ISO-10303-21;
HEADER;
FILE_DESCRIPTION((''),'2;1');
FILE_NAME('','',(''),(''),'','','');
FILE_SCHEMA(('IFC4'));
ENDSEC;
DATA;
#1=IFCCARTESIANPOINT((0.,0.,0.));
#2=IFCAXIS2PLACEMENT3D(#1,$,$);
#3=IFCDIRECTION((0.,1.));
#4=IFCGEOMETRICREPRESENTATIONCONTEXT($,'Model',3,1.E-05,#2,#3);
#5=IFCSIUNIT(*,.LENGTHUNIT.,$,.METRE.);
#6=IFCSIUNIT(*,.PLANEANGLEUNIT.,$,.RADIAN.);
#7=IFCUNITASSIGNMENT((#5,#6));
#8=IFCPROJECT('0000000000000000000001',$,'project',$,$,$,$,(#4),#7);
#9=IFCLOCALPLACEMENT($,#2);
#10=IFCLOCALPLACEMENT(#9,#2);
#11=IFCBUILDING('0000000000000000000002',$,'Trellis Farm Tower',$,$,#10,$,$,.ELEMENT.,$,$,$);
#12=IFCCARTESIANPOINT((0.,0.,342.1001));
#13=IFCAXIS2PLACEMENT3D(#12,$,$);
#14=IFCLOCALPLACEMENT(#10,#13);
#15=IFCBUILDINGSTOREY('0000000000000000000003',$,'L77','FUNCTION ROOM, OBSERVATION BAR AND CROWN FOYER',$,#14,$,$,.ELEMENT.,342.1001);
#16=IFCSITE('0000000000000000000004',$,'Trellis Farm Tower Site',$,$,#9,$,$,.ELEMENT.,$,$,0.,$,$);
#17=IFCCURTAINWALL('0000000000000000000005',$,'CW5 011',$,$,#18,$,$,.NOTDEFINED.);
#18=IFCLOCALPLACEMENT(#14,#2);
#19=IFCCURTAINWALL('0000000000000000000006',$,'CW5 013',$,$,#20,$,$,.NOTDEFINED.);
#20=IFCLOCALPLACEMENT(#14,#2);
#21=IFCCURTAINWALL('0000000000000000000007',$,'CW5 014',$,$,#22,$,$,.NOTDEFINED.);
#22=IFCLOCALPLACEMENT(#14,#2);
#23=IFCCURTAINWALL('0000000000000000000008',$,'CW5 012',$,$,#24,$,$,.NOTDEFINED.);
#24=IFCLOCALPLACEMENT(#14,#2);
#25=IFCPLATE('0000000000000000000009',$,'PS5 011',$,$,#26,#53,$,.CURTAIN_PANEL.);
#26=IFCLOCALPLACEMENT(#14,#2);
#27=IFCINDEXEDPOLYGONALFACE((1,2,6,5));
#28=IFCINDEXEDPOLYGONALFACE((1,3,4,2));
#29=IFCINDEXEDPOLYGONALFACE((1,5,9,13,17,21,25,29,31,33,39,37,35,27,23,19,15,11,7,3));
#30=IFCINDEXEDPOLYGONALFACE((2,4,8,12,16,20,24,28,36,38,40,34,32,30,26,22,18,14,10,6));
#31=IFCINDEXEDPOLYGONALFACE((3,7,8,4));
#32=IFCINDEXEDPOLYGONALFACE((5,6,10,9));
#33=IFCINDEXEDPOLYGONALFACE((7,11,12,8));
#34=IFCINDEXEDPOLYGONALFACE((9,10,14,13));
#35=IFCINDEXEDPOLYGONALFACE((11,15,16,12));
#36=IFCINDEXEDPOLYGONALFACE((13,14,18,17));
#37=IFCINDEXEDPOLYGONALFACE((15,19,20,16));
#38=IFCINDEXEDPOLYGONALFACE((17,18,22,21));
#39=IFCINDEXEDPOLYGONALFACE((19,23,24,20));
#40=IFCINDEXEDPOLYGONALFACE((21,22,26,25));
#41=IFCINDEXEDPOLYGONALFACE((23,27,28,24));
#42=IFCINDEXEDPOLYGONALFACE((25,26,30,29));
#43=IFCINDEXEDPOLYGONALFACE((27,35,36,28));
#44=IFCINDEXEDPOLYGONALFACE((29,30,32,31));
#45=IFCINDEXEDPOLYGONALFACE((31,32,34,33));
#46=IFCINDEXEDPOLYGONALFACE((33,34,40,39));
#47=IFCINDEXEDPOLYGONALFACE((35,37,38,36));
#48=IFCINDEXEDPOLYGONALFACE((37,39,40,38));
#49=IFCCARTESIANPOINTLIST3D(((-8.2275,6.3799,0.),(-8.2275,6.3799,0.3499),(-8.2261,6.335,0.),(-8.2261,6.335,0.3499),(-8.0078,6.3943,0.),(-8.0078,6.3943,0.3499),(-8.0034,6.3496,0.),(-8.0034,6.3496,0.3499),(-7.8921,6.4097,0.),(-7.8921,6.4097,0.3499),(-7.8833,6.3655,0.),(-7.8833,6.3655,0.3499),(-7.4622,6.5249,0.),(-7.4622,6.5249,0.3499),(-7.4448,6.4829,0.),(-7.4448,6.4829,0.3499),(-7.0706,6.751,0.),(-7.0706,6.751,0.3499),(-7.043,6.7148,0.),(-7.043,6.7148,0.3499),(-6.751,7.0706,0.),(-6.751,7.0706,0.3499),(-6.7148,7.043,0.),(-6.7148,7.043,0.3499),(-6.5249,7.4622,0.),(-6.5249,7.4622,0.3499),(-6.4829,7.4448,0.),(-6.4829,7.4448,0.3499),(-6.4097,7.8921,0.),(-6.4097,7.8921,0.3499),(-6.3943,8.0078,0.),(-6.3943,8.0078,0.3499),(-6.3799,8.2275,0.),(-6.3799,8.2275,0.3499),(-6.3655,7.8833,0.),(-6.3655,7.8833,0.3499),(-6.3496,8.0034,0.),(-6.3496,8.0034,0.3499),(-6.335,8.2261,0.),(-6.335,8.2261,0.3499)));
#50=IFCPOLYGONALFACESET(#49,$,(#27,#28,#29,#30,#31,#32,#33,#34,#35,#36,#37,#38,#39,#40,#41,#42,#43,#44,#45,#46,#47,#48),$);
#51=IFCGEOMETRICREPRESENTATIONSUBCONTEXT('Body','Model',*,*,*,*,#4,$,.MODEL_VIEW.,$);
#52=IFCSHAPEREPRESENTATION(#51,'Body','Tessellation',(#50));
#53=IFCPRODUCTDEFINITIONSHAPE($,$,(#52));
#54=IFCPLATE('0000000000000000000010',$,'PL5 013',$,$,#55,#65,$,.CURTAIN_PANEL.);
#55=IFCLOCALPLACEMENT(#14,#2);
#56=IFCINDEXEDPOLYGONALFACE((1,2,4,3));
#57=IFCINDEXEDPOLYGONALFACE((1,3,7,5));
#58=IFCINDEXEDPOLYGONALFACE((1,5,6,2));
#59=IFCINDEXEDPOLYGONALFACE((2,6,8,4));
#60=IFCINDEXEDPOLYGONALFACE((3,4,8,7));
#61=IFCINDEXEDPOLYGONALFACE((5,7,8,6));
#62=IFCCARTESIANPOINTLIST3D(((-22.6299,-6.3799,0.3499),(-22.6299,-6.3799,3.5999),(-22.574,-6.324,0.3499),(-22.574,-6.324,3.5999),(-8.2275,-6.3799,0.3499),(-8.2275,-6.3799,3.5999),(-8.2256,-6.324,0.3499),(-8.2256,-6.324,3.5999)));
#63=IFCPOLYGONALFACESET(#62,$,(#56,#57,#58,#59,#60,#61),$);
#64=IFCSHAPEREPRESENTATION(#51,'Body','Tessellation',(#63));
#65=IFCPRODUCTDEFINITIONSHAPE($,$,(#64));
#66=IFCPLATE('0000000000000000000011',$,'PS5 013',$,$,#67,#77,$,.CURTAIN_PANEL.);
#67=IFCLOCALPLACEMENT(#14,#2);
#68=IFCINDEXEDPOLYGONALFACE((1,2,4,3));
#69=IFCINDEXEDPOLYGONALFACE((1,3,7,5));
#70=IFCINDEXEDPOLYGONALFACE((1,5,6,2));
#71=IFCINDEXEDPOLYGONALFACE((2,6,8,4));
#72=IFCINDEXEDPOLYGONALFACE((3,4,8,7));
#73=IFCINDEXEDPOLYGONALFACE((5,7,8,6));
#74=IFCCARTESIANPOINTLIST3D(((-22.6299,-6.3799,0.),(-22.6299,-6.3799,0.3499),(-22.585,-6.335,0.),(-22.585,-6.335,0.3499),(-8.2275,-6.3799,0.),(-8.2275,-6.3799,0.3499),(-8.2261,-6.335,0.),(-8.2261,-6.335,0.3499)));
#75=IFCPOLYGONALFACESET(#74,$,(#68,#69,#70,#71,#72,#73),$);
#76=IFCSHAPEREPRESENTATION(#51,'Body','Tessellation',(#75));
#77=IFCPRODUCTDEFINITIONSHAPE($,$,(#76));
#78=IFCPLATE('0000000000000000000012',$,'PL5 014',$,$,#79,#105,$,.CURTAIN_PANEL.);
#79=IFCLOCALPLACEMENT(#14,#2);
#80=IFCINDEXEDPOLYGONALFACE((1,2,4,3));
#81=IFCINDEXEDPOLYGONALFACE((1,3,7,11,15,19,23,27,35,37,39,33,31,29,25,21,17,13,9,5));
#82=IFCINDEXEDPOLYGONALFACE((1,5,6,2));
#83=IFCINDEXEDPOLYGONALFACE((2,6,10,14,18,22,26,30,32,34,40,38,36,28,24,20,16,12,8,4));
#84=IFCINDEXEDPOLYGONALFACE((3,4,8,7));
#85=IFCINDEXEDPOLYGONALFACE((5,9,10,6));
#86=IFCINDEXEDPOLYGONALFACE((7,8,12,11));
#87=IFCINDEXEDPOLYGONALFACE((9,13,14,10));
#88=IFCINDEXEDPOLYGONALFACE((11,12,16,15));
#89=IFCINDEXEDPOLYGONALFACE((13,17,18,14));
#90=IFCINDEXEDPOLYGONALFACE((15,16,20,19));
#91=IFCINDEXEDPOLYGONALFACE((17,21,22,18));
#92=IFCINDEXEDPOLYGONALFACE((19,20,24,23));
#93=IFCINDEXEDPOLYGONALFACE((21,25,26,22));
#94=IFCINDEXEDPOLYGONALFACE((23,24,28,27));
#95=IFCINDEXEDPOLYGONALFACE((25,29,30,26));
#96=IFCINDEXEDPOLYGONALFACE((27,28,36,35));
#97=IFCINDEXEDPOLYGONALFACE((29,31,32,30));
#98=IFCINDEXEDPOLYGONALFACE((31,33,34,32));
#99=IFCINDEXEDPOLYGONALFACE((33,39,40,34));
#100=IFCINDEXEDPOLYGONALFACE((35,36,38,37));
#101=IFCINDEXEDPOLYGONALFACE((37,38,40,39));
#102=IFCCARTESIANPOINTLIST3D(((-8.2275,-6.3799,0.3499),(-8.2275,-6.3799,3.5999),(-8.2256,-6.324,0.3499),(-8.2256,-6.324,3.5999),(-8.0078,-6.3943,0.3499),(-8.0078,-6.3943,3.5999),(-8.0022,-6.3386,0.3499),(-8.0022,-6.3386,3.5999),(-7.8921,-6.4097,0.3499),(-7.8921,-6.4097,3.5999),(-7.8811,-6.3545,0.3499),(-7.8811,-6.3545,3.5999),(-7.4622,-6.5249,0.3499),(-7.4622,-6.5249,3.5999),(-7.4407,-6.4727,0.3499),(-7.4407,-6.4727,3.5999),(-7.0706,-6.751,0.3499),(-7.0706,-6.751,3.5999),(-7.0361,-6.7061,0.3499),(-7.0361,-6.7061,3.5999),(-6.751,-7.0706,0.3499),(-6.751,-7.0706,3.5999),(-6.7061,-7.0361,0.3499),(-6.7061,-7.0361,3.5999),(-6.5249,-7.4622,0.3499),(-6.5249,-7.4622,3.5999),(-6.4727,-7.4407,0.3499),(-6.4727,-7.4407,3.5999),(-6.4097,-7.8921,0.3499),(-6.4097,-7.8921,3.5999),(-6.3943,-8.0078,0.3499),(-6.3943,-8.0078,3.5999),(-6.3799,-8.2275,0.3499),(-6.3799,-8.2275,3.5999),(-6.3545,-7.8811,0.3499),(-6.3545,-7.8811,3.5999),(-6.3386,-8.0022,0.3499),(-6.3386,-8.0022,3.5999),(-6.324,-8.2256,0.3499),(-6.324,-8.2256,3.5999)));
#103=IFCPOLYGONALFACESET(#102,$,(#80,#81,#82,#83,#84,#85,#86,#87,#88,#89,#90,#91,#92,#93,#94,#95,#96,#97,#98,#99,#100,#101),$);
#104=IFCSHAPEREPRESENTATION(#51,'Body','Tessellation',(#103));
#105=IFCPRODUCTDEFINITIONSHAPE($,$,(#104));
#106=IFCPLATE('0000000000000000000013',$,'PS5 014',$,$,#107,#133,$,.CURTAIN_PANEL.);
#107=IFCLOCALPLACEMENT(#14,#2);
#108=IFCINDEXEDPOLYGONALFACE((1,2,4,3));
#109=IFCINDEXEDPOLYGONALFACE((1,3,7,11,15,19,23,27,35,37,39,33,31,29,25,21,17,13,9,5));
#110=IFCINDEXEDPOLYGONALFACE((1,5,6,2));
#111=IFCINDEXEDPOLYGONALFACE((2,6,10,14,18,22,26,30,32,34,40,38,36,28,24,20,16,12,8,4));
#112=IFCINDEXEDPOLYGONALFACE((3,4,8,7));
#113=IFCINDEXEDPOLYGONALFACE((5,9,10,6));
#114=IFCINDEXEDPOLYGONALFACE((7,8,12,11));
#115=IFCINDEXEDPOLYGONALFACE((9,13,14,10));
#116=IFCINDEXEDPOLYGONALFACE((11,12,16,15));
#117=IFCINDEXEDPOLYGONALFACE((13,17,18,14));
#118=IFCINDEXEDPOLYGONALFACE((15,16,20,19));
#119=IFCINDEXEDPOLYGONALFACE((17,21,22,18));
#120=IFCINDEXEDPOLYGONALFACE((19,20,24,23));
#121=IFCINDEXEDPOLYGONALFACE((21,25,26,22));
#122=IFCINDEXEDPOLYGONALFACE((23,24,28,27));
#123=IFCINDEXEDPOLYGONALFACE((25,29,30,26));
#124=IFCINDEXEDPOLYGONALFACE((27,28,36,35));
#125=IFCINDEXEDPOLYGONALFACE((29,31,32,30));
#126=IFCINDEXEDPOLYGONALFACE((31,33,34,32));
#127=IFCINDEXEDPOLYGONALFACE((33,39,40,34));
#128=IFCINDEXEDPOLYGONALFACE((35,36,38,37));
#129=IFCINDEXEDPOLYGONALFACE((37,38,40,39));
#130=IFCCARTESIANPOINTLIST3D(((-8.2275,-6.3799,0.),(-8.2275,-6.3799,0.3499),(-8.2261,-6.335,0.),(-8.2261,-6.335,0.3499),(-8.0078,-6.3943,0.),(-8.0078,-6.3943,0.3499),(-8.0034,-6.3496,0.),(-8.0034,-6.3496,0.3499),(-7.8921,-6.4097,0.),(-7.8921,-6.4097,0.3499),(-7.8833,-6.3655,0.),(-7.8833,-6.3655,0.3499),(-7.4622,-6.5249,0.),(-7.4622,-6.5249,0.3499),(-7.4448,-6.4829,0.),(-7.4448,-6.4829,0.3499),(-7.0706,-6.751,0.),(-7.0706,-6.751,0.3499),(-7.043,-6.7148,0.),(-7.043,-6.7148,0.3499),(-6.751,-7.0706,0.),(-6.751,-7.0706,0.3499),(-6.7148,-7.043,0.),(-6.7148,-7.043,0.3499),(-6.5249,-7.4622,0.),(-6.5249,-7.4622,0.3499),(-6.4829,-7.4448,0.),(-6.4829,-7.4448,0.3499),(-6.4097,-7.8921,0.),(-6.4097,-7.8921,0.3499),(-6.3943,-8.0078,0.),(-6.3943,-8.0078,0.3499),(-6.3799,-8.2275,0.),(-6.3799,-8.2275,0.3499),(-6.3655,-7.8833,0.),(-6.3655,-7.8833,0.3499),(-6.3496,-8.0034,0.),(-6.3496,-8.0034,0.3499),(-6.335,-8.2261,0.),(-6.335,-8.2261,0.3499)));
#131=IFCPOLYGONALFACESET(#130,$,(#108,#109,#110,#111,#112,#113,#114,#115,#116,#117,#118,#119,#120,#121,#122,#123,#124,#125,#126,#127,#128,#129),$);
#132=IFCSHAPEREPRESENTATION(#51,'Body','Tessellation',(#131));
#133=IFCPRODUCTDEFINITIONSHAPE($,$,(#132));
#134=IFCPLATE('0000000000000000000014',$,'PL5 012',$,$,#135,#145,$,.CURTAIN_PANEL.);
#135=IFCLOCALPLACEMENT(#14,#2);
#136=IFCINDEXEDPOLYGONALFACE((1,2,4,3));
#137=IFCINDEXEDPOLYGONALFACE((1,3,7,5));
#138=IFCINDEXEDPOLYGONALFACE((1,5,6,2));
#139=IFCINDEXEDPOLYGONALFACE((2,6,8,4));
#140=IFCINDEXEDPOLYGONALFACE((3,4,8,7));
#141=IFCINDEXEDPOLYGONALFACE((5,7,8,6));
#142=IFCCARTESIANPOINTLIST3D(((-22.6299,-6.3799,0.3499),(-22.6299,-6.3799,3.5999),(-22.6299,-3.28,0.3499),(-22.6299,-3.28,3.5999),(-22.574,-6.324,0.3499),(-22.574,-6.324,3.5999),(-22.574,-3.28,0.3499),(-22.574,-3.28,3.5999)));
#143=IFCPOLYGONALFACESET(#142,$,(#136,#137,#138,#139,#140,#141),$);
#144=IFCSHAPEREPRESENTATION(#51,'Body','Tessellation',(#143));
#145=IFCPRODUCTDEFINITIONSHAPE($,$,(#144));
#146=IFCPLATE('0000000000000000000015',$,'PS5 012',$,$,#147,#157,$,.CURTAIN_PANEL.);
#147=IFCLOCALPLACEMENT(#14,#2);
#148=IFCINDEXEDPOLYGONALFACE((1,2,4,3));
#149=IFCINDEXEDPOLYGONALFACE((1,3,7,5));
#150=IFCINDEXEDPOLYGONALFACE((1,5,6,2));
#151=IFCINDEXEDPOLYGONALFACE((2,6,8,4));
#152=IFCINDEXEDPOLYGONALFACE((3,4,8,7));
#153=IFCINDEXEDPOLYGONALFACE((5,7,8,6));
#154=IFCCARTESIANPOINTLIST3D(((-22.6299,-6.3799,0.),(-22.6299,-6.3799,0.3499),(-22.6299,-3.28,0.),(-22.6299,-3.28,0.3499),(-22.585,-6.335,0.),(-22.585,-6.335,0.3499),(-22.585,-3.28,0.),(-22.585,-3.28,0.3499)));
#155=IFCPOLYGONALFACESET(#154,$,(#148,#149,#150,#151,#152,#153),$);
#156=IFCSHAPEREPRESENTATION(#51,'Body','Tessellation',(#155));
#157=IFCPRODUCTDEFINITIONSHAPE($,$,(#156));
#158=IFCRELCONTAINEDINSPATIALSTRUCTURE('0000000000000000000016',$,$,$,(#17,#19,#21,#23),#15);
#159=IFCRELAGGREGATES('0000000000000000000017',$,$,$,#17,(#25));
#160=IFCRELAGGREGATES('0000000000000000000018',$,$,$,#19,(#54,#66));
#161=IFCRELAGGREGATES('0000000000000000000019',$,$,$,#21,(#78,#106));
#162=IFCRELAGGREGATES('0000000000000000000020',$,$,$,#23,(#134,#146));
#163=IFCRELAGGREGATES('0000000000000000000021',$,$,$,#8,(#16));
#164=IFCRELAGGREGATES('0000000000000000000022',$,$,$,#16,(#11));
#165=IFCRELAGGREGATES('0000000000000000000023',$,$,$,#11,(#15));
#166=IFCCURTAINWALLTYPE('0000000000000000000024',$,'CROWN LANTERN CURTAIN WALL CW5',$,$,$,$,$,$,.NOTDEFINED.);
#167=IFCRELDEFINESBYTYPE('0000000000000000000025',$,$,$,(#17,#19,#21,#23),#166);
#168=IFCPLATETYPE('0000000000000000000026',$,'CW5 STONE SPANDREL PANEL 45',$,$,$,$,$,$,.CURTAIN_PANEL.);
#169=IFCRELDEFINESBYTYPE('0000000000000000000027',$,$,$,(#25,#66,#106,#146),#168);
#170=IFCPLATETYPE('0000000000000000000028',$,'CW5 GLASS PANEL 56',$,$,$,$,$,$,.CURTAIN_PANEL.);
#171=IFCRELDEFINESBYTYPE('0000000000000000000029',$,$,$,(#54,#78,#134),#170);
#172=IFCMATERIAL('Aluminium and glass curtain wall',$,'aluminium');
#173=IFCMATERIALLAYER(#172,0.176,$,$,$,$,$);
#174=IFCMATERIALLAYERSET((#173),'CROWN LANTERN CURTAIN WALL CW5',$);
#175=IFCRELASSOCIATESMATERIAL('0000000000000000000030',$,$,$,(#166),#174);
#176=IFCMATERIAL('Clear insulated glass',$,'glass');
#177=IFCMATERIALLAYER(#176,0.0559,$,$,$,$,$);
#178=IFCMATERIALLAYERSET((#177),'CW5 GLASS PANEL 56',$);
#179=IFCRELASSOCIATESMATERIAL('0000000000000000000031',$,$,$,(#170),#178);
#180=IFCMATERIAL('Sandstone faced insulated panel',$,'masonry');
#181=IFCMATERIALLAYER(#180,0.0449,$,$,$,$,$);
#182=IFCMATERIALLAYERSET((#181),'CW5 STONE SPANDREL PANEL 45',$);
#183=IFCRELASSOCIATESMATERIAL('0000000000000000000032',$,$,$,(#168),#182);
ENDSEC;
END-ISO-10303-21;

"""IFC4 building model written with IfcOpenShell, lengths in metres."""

from ifc_helpers import new_model, si_unit, direction, frame, origin, place, context, subcontext, project, spatial, polyline, outline, extrude, source, transform, mapped, material, layer, layer_set, type_object, element, aggregate, save


model = new_model("IFC4")

# Units and contexts
model_context = context("Model", 3, precision=1e-05, world=origin(), true_north=direction((0.0, 1.0)))
body_context = subcontext(model_context, "Body", "Model", "MODEL_VIEW")
ifc_project = project(units=[si_unit("LENGTHUNIT", "METRE"), si_unit("PLANEANGLEUNIT", "RADIAN")], contexts=[model_context])

# Site, building, storey
site_placement = place(None, origin())
site = spatial("IfcSite", under=ifc_project, at=site_placement, Name="Trellis Farm Tower Site", CompositionType="ELEMENT", RefElevation=0.0)
building_placement = place(site_placement, origin())
building = spatial("IfcBuilding", under=site, at=building_placement, Name="Trellis Farm Tower", CompositionType="ELEMENT")
storey_placement = place(building_placement, frame((0.0, 0.0, 342.1001)))
storey = spatial("IfcBuildingStorey", under=building, at=storey_placement, Name="L77", Description="FUNCTION ROOM, OBSERVATION BAR AND CROWN FOYER", CompositionType="ELEMENT", Elevation=342.1001)

# Curtain walls
ifc_material_1 = material(Name="Aluminium and glass curtain wall", Category="aluminium")
ifc_layer_1 = layer(ifc_material_1, 0.176)
ifc_layer_set_1 = layer_set([ifc_layer_1], Name="CROWN LANTERN CURTAIN WALL CW5")
curtain_wall_type = type_object("IfcCurtainWallType", Name="CROWN LANTERN CURTAIN WALL CW5", PredefinedType="NOTDEFINED", material=ifc_layer_set_1)
placement_1 = place(storey_placement, origin())
curtain_wall_1 = element("IfcCurtainWall", 1, at=placement_1, inside=storey, type_object=curtain_wall_type, Name="CW5 011", PredefinedType="NOTDEFINED")
curtain_wall_2 = element("IfcCurtainWall", 2, at=placement_1, inside=storey, type_object=curtain_wall_type, Name="CW5 013", PredefinedType="NOTDEFINED")
curtain_wall_3 = element("IfcCurtainWall", 3, at=placement_1, inside=storey, type_object=curtain_wall_type, Name="CW5 014", PredefinedType="NOTDEFINED")
curtain_wall_4 = element("IfcCurtainWall", 4, at=placement_1, inside=storey, type_object=curtain_wall_type, Name="CW5 012", PredefinedType="NOTDEFINED")

# Plates
ifc_material_2 = material(Name="Clear insulated glass", Category="glass")
ifc_layer_2 = layer(ifc_material_2, 0.0559)
ifc_layer_set_2 = layer_set([ifc_layer_2], Name="CW5 GLASS PANEL 56")
plate_type_1 = type_object("IfcPlateType", Name="CW5 GLASS PANEL 56", PredefinedType="CURTAIN_PANEL", material=ifc_layer_set_2)
placement_2 = place(storey_placement, frame((0.0, 0.0, 0.3499)))
ifc_material_3 = material(Name="Sandstone faced insulated panel", Category="masonry")
ifc_layer_3 = layer(ifc_material_3, 0.0449)
ifc_layer_set_3 = layer_set([ifc_layer_3], Name="CW5 STONE SPANDREL PANEL 45")
plate_type_2 = type_object("IfcPlateType", Name="CW5 STONE SPANDREL PANEL 45", PredefinedType="CURTAIN_PANEL", material=ifc_layer_set_3)
shared_shape_1 = source(origin(), body_context, "Body", "SweptSolid", [
    extrude(outline(polyline([(-6.3799, 8.2275), (-6.3943, 8.0078), (-6.4097, 7.8921), (-6.5249, 7.4622), (-6.751, 7.0706), (-7.0706, 6.751), (-7.4622, 6.5249), (-7.8921, 6.4097), (-8.0078, 6.3943), (-8.2275, 6.3799), (-8.2261, 6.335), (-8.0034, 6.3496), (-7.8833, 6.3655), (-7.4448, 6.4829), (-7.043, 6.7148), (-6.7148, 7.043), (-6.4829, 7.4448), (-6.3655, 7.8833), (-6.3496, 8.0034), (-6.335, 8.2261), (-6.3799, 8.2275)])), origin(), (0.0, 0.0, 1.0), 0.3499),
])
plate_1 = element("IfcPlate", 5, at=placement_1, type_object=plate_type_2, Name="PS5 011", PredefinedType="CURTAIN_PANEL", context=body_context, shape_type="MappedRepresentation", body=[
    mapped(shared_shape_1, transform((0.0, 0.0, 0.0))),
])
aggregate(curtain_wall_1, [plate_1])
shared_shape_2 = source(origin(), body_context, "Body", "SweptSolid", [
    extrude(outline(polyline([(-22.6299, -6.3799), (-8.2275, -6.3799), (-8.2256, -6.324), (-22.574, -6.324), (-22.6299, -6.3799)])), origin(), (0.0, 0.0, 1.0), 3.25),
])
plate_2 = element("IfcPlate", 6, at=placement_2, type_object=plate_type_1, Name="PL5 013", PredefinedType="CURTAIN_PANEL", context=body_context, shape_type="MappedRepresentation", body=[
    mapped(shared_shape_2, transform((0.0, 0.0, 0.0))),
])
shared_shape_3 = source(origin(), body_context, "Body", "SweptSolid", [
    extrude(outline(polyline([(-22.6299, -6.3799), (-8.2275, -6.3799), (-8.2261, -6.335), (-22.585, -6.335), (-22.6299, -6.3799)])), origin(), (0.0, 0.0, 1.0), 0.3499),
])
plate_3 = element("IfcPlate", 7, at=placement_1, type_object=plate_type_2, Name="PS5 013", PredefinedType="CURTAIN_PANEL", context=body_context, shape_type="MappedRepresentation", body=[
    mapped(shared_shape_3, transform((0.0, 0.0, 0.0))),
])
aggregate(curtain_wall_2, [plate_2, plate_3])
shared_shape_4 = source(origin(), body_context, "Body", "SweptSolid", [
    extrude(outline(polyline([(-8.2275, -6.3799), (-8.0078, -6.3943), (-7.8921, -6.4097), (-7.4622, -6.5249), (-7.0706, -6.751), (-6.751, -7.0706), (-6.5249, -7.4622), (-6.4097, -7.8921), (-6.3943, -8.0078), (-6.3799, -8.2275), (-6.324, -8.2256), (-6.3386, -8.0022), (-6.3545, -7.8811), (-6.4727, -7.4407), (-6.7061, -7.0361), (-7.0361, -6.7061), (-7.4407, -6.4727), (-7.8811, -6.3545), (-8.0022, -6.3386), (-8.2256, -6.324), (-8.2275, -6.3799)])), origin(), (0.0, 0.0, 1.0), 3.25),
])
plate_4 = element("IfcPlate", 8, at=placement_2, type_object=plate_type_1, Name="PL5 014", PredefinedType="CURTAIN_PANEL", context=body_context, shape_type="MappedRepresentation", body=[
    mapped(shared_shape_4, transform((0.0, 0.0, 0.0))),
])
shared_shape_5 = source(origin(), body_context, "Body", "SweptSolid", [
    extrude(outline(polyline([(-8.2275, -6.3799), (-8.0078, -6.3943), (-7.8921, -6.4097), (-7.4622, -6.5249), (-7.0706, -6.751), (-6.751, -7.0706), (-6.5249, -7.4622), (-6.4097, -7.8921), (-6.3943, -8.0078), (-6.3799, -8.2275), (-6.335, -8.2261), (-6.3496, -8.0034), (-6.3655, -7.8833), (-6.4829, -7.4448), (-6.7148, -7.043), (-7.043, -6.7148), (-7.4448, -6.4829), (-7.8833, -6.3655), (-8.0034, -6.3496), (-8.2261, -6.335), (-8.2275, -6.3799)])), origin(), (0.0, 0.0, 1.0), 0.3499),
])
plate_5 = element("IfcPlate", 9, at=placement_1, type_object=plate_type_2, Name="PS5 014", PredefinedType="CURTAIN_PANEL", context=body_context, shape_type="MappedRepresentation", body=[
    mapped(shared_shape_5, transform((0.0, 0.0, 0.0))),
])
aggregate(curtain_wall_3, [plate_4, plate_5])
shared_shape_6 = source(origin(), body_context, "Body", "SweptSolid", [
    extrude(outline(polyline([(-22.6299, -3.28), (-22.6299, -6.3799), (-22.574, -6.324), (-22.574, -3.28), (-22.6299, -3.28)])), origin(), (0.0, 0.0, 1.0), 3.25),
])
plate_6 = element("IfcPlate", 10, at=placement_2, type_object=plate_type_1, Name="PL5 012", PredefinedType="CURTAIN_PANEL", context=body_context, shape_type="MappedRepresentation", body=[
    mapped(shared_shape_6, transform((0.0, 0.0, 0.0))),
])
shared_shape_7 = source(origin(), body_context, "Body", "SweptSolid", [
    extrude(outline(polyline([(-22.6299, -3.28), (-22.6299, -6.3799), (-22.585, -6.335), (-22.585, -3.28), (-22.6299, -3.28)])), origin(), (0.0, 0.0, 1.0), 0.3499),
])
plate_7 = element("IfcPlate", 11, at=placement_1, type_object=plate_type_2, Name="PS5 012", PredefinedType="CURTAIN_PANEL", context=body_context, shape_type="MappedRepresentation", body=[
    mapped(shared_shape_7, transform((0.0, 0.0, 0.0))),
])
aggregate(curtain_wall_4, [plate_6, plate_7])

save(model, "model.ifc")
